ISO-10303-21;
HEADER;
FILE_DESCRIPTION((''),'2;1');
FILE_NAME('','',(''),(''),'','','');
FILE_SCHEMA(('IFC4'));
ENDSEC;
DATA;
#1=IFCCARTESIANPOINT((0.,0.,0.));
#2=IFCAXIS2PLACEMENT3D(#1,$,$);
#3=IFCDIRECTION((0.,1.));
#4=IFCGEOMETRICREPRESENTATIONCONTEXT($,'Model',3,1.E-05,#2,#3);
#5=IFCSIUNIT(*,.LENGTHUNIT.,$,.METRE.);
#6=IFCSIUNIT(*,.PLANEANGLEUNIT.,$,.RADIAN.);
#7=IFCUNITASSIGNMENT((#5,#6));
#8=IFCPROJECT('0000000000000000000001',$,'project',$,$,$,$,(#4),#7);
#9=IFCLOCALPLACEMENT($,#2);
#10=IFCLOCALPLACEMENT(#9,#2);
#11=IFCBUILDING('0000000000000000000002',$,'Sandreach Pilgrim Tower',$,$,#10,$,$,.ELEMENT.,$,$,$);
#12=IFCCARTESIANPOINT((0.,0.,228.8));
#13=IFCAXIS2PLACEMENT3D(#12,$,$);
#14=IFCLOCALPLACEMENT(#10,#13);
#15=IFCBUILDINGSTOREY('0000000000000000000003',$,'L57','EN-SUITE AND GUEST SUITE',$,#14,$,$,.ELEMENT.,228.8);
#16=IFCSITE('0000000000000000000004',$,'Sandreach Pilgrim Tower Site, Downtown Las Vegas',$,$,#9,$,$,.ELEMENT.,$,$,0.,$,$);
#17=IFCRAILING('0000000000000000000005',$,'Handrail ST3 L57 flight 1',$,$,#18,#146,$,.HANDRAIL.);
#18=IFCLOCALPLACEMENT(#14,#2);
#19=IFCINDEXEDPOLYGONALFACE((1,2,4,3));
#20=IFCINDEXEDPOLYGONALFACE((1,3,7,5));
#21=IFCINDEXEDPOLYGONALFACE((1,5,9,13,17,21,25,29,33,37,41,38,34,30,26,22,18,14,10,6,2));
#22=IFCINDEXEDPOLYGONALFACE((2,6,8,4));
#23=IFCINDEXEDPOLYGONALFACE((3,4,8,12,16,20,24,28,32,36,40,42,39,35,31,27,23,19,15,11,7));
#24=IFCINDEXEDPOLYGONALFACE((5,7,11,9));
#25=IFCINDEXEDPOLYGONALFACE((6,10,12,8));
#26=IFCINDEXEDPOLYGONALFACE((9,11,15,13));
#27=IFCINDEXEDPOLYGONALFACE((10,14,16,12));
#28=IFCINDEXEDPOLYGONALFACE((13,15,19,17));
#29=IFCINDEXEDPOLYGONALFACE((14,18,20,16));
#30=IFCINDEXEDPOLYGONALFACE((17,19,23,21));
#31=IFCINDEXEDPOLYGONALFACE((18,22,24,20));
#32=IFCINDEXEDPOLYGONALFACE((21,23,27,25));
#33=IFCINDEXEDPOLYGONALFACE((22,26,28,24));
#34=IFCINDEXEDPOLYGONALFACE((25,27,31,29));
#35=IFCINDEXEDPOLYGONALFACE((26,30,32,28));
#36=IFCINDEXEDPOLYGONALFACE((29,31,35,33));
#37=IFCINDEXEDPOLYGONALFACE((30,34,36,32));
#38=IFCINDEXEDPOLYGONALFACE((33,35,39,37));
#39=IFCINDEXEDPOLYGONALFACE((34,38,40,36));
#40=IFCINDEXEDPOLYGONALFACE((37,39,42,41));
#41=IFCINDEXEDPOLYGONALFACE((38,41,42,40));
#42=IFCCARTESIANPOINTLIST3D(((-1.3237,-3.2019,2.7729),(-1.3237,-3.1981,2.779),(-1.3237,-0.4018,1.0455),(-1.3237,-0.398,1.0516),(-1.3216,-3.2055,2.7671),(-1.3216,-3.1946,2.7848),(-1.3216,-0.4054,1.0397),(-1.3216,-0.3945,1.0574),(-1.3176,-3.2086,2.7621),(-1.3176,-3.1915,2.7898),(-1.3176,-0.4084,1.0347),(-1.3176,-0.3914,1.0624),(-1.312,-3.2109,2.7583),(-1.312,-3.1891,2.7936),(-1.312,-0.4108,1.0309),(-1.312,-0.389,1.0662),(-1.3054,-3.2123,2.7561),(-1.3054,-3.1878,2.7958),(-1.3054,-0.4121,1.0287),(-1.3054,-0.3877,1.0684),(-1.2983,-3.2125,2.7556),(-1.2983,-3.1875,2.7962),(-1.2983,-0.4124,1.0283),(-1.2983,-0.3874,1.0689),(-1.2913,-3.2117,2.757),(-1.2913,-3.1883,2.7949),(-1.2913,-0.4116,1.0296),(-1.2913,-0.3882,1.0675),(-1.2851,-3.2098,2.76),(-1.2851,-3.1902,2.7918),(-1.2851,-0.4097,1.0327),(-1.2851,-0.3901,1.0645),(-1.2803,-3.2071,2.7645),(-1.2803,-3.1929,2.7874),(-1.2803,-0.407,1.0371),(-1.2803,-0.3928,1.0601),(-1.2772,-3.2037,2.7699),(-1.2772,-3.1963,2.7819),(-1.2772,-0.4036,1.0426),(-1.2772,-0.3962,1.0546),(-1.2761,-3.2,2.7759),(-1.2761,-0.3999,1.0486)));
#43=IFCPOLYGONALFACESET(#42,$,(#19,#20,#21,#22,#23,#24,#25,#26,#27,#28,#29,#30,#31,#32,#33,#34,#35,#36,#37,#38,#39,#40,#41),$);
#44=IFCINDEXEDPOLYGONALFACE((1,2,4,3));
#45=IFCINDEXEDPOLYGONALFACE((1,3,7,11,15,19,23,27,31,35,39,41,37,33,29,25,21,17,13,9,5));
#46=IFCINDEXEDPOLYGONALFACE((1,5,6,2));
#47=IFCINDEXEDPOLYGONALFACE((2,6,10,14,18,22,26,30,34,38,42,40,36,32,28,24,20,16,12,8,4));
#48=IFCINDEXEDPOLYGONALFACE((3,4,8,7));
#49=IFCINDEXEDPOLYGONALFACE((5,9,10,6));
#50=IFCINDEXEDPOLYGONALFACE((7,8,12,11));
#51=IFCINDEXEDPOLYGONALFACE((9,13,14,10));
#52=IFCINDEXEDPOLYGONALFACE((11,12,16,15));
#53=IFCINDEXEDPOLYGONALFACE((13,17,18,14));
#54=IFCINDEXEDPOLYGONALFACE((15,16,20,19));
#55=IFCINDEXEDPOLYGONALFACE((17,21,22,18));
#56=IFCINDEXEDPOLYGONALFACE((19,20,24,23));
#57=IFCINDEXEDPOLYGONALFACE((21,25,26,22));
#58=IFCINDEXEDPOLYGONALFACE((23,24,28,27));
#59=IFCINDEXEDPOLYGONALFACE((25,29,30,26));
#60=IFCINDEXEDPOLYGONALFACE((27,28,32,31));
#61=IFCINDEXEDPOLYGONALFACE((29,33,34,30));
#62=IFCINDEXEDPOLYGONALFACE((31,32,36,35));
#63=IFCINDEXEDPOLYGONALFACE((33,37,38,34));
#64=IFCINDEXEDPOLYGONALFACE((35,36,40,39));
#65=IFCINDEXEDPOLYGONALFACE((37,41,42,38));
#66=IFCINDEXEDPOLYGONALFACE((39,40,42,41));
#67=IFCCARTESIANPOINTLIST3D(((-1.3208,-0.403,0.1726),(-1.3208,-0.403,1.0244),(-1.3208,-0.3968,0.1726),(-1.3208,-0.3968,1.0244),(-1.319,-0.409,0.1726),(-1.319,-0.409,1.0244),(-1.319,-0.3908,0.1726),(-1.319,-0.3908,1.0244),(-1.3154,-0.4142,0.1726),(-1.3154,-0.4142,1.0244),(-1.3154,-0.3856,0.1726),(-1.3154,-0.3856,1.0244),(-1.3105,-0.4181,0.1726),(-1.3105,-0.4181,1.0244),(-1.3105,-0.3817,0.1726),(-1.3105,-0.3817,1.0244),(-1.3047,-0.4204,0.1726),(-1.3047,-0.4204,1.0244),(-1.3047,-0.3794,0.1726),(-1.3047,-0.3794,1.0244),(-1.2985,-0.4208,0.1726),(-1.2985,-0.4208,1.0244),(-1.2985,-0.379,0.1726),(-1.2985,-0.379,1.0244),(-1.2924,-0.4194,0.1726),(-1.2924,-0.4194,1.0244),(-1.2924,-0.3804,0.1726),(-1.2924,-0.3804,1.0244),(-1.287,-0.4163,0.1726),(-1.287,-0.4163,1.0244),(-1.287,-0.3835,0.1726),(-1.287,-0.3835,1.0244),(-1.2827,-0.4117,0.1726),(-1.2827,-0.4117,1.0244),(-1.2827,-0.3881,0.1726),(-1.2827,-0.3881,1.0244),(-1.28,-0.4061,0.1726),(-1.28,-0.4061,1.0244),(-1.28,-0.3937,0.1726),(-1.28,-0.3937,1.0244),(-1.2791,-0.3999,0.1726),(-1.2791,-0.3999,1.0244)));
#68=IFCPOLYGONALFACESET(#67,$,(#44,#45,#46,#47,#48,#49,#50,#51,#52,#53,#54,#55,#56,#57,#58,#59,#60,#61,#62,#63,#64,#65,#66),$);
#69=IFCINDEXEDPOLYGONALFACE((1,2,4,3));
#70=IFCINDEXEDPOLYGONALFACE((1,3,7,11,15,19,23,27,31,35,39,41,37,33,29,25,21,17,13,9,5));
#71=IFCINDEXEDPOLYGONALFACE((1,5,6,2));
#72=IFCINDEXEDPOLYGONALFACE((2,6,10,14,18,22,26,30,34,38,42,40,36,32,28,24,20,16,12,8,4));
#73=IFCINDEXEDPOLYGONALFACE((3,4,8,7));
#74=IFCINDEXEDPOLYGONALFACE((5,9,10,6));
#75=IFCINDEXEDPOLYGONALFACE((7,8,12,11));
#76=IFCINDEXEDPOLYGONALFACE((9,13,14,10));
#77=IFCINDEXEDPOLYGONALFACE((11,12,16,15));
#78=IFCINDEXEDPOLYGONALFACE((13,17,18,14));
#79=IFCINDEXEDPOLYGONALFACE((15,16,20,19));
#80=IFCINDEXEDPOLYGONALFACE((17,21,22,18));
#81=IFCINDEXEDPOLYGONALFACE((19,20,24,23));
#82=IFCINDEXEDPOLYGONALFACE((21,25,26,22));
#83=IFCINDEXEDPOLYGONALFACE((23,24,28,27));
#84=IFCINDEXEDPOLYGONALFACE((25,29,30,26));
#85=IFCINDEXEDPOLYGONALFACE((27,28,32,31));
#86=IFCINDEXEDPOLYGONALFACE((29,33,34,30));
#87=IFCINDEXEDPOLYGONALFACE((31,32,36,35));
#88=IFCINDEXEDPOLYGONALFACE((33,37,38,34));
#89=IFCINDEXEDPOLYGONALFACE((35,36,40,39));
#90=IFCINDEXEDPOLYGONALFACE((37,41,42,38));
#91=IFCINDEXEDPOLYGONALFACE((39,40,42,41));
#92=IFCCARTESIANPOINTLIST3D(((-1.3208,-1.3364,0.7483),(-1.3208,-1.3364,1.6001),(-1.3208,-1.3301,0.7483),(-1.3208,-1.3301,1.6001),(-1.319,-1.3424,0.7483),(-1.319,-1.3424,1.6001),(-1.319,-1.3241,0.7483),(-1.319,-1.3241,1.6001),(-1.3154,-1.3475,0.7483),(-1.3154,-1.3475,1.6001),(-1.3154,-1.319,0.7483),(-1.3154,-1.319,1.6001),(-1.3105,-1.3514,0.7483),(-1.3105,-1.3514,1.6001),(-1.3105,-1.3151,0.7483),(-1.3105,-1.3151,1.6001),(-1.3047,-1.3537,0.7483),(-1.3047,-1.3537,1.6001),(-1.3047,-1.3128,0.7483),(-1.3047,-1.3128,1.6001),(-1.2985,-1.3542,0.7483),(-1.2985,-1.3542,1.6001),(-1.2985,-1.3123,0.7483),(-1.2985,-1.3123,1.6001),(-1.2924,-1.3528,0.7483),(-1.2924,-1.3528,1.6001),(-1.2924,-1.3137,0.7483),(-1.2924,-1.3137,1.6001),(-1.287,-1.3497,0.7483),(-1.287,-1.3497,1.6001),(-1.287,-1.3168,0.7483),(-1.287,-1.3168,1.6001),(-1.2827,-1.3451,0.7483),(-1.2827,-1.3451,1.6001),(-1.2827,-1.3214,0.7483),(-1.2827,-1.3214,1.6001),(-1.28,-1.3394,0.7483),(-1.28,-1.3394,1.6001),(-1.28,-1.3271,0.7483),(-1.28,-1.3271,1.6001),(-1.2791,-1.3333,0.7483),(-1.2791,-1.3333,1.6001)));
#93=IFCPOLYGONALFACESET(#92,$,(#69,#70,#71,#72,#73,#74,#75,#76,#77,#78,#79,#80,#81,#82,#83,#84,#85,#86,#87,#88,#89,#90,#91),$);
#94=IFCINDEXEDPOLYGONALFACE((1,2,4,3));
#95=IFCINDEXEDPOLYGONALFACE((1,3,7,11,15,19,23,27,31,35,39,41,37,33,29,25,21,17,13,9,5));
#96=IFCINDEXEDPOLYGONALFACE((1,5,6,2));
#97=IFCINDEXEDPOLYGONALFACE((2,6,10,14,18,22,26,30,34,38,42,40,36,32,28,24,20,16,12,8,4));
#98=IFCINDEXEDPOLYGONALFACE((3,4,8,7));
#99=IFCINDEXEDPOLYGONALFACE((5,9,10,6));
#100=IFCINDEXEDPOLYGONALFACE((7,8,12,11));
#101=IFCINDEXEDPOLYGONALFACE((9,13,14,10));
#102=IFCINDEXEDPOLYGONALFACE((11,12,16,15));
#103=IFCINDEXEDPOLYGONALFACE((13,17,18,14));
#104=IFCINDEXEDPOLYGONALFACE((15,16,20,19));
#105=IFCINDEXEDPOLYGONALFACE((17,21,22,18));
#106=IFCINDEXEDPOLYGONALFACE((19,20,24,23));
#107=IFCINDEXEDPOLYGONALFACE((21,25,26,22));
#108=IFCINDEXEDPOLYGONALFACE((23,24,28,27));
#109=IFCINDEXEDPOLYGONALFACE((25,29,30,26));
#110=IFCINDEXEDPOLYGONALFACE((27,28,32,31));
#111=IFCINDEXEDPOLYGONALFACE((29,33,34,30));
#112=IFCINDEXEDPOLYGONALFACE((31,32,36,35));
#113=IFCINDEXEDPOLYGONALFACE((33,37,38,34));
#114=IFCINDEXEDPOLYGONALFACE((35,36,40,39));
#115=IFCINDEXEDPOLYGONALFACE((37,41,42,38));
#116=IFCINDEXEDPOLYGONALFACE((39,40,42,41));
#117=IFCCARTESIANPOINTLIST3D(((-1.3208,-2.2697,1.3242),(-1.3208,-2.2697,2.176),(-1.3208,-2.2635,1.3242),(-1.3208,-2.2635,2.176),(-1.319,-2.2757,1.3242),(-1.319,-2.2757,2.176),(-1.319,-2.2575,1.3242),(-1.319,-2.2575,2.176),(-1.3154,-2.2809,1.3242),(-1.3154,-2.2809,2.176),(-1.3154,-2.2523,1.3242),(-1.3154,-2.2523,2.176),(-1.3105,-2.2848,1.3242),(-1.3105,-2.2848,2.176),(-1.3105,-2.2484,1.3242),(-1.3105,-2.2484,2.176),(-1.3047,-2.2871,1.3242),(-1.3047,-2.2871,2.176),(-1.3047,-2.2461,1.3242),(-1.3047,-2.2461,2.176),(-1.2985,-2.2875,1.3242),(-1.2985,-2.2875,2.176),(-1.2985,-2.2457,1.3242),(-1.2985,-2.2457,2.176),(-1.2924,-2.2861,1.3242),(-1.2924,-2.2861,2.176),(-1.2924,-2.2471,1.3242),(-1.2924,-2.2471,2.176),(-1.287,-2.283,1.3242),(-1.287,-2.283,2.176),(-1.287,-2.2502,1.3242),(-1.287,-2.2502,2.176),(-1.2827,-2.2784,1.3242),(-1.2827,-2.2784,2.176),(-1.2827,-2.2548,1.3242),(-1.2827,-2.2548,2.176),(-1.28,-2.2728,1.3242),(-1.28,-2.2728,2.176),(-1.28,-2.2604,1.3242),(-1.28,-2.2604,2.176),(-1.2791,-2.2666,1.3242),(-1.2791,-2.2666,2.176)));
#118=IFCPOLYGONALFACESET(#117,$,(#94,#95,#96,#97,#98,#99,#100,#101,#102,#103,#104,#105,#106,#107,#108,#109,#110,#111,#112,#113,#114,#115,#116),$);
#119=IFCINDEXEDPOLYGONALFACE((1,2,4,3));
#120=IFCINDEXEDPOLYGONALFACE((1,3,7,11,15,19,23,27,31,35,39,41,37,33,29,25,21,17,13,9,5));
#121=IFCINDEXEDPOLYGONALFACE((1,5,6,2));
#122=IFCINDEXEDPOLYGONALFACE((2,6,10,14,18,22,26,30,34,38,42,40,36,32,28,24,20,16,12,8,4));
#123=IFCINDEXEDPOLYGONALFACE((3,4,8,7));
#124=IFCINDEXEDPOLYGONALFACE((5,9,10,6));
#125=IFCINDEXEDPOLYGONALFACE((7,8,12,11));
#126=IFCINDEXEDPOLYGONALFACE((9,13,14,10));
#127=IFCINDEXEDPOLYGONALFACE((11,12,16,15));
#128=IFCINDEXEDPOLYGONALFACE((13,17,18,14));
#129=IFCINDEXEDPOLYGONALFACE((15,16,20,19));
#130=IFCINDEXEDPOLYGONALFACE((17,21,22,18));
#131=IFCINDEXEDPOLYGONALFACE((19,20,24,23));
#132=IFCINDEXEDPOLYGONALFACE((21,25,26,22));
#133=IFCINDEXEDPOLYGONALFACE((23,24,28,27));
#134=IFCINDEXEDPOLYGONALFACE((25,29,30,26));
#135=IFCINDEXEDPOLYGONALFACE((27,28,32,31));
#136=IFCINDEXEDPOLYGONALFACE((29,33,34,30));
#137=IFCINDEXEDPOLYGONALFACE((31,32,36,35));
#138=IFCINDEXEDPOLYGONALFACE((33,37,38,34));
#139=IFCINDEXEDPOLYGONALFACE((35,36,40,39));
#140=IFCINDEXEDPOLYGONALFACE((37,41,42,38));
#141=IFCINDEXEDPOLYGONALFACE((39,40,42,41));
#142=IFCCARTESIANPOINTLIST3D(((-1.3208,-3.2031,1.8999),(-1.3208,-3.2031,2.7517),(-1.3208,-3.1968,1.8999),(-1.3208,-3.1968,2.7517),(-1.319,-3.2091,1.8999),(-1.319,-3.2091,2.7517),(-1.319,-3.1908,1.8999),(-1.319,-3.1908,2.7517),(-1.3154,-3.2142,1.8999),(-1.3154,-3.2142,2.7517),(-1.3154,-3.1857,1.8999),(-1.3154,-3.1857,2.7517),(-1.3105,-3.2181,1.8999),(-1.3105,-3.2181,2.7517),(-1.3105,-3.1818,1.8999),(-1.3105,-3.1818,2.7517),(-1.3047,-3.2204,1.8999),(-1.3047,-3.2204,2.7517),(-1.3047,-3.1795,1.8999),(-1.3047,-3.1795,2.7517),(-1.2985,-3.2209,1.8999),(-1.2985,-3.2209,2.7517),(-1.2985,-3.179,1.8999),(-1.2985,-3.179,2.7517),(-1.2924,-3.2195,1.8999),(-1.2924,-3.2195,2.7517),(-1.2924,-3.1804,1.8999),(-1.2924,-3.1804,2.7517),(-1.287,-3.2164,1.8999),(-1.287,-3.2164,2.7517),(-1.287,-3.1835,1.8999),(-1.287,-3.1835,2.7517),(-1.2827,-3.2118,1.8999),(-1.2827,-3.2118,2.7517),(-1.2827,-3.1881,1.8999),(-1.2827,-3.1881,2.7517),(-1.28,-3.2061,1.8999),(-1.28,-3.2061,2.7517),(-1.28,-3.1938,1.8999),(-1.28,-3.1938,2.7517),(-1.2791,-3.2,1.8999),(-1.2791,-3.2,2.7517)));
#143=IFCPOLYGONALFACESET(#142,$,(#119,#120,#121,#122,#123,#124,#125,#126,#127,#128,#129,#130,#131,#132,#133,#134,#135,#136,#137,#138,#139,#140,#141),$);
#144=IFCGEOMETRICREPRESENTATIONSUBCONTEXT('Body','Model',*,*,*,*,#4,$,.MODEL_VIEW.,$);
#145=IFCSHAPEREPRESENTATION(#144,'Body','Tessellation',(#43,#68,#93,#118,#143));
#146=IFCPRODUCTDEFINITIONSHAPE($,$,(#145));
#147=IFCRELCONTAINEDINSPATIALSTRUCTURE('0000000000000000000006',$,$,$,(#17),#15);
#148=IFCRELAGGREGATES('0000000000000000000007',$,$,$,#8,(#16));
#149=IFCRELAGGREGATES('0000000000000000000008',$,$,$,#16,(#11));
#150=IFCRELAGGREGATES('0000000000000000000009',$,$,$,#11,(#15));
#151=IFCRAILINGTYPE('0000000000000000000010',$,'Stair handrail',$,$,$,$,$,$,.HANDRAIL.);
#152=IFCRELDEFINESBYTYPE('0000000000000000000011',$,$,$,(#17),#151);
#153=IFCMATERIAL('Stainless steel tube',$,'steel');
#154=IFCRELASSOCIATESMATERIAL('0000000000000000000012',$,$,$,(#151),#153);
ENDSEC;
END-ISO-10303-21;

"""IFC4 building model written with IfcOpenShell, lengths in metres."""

from ifc_helpers import new_model, si_unit, direction, frame, origin, origin_2d, place, context, subcontext, project, spatial, circle, extrude, material, type_object, element, save


model = new_model("IFC4")

# Units and contexts
model_context = context("Model", 3, precision=1e-05, world=origin(), true_north=direction((0.0, 1.0)))
body_context = subcontext(model_context, "Body", "Model", "MODEL_VIEW")
ifc_project = project(units=[si_unit("LENGTHUNIT", "METRE"), si_unit("PLANEANGLEUNIT", "RADIAN")], contexts=[model_context])

# Site, building, storey
site_placement = place(None, origin())
site = spatial("IfcSite", under=ifc_project, at=site_placement, Name="Sandreach Pilgrim Tower Site, Downtown Las Vegas", CompositionType="ELEMENT", RefElevation=0.0)
building_placement = place(site_placement, origin())
building = spatial("IfcBuilding", under=site, at=building_placement, Name="Sandreach Pilgrim Tower", CompositionType="ELEMENT")
storey_placement = place(building_placement, frame((0.0, 0.0, 228.8)))
storey = spatial("IfcBuildingStorey", under=building, at=storey_placement, Name="L57", Description="EN-SUITE AND GUEST SUITE", CompositionType="ELEMENT", Elevation=228.8)

# Railing
ifc_material_1 = material(Name="Stainless steel tube", Category="steel")
railing_type = type_object("IfcRailingType", Name="Stair handrail", PredefinedType="HANDRAIL", material=ifc_material_1)
for number, where, name in (
    (1, (-1.3, -0.3999, 0.1726), "Handrail ST3 L57 flight 1"),
):
    element("IfcRailing", number, at=place(storey_placement, frame(where)), inside=storey, type_object=railing_type, Name=name, PredefinedType="HANDRAIL", context=body_context, shape_type="SweptSolid", body=[
        extrude(circle(Radius=0.0239, at=origin_2d()), frame((0.0, 0.0, 0.876), z_axis=(0.0, -0.85109, 0.52502), x_axis=(1.0, 0.0, 0.0)), (0.0, 0.0, 1.0), 3.29),
        extrude(circle(Radius=0.021, at=origin_2d()), origin(), (0.0, 0.0, 1.0), 0.8518),
        extrude(circle(Radius=0.021, at=origin_2d()), frame((0.0, -0.9333, 0.5757)), (0.0, 0.0, 1.0), 0.8518),
        extrude(circle(Radius=0.021, at=origin_2d()), frame((0.0, -1.8667, 1.1516)), (0.0, 0.0, 1.0), 0.8518),
        extrude(circle(Radius=0.021, at=origin_2d()), frame((0.0, -2.8, 1.7273)), (0.0, 0.0, 1.0), 0.8518),
    ])

save(model, "model.ifc")
